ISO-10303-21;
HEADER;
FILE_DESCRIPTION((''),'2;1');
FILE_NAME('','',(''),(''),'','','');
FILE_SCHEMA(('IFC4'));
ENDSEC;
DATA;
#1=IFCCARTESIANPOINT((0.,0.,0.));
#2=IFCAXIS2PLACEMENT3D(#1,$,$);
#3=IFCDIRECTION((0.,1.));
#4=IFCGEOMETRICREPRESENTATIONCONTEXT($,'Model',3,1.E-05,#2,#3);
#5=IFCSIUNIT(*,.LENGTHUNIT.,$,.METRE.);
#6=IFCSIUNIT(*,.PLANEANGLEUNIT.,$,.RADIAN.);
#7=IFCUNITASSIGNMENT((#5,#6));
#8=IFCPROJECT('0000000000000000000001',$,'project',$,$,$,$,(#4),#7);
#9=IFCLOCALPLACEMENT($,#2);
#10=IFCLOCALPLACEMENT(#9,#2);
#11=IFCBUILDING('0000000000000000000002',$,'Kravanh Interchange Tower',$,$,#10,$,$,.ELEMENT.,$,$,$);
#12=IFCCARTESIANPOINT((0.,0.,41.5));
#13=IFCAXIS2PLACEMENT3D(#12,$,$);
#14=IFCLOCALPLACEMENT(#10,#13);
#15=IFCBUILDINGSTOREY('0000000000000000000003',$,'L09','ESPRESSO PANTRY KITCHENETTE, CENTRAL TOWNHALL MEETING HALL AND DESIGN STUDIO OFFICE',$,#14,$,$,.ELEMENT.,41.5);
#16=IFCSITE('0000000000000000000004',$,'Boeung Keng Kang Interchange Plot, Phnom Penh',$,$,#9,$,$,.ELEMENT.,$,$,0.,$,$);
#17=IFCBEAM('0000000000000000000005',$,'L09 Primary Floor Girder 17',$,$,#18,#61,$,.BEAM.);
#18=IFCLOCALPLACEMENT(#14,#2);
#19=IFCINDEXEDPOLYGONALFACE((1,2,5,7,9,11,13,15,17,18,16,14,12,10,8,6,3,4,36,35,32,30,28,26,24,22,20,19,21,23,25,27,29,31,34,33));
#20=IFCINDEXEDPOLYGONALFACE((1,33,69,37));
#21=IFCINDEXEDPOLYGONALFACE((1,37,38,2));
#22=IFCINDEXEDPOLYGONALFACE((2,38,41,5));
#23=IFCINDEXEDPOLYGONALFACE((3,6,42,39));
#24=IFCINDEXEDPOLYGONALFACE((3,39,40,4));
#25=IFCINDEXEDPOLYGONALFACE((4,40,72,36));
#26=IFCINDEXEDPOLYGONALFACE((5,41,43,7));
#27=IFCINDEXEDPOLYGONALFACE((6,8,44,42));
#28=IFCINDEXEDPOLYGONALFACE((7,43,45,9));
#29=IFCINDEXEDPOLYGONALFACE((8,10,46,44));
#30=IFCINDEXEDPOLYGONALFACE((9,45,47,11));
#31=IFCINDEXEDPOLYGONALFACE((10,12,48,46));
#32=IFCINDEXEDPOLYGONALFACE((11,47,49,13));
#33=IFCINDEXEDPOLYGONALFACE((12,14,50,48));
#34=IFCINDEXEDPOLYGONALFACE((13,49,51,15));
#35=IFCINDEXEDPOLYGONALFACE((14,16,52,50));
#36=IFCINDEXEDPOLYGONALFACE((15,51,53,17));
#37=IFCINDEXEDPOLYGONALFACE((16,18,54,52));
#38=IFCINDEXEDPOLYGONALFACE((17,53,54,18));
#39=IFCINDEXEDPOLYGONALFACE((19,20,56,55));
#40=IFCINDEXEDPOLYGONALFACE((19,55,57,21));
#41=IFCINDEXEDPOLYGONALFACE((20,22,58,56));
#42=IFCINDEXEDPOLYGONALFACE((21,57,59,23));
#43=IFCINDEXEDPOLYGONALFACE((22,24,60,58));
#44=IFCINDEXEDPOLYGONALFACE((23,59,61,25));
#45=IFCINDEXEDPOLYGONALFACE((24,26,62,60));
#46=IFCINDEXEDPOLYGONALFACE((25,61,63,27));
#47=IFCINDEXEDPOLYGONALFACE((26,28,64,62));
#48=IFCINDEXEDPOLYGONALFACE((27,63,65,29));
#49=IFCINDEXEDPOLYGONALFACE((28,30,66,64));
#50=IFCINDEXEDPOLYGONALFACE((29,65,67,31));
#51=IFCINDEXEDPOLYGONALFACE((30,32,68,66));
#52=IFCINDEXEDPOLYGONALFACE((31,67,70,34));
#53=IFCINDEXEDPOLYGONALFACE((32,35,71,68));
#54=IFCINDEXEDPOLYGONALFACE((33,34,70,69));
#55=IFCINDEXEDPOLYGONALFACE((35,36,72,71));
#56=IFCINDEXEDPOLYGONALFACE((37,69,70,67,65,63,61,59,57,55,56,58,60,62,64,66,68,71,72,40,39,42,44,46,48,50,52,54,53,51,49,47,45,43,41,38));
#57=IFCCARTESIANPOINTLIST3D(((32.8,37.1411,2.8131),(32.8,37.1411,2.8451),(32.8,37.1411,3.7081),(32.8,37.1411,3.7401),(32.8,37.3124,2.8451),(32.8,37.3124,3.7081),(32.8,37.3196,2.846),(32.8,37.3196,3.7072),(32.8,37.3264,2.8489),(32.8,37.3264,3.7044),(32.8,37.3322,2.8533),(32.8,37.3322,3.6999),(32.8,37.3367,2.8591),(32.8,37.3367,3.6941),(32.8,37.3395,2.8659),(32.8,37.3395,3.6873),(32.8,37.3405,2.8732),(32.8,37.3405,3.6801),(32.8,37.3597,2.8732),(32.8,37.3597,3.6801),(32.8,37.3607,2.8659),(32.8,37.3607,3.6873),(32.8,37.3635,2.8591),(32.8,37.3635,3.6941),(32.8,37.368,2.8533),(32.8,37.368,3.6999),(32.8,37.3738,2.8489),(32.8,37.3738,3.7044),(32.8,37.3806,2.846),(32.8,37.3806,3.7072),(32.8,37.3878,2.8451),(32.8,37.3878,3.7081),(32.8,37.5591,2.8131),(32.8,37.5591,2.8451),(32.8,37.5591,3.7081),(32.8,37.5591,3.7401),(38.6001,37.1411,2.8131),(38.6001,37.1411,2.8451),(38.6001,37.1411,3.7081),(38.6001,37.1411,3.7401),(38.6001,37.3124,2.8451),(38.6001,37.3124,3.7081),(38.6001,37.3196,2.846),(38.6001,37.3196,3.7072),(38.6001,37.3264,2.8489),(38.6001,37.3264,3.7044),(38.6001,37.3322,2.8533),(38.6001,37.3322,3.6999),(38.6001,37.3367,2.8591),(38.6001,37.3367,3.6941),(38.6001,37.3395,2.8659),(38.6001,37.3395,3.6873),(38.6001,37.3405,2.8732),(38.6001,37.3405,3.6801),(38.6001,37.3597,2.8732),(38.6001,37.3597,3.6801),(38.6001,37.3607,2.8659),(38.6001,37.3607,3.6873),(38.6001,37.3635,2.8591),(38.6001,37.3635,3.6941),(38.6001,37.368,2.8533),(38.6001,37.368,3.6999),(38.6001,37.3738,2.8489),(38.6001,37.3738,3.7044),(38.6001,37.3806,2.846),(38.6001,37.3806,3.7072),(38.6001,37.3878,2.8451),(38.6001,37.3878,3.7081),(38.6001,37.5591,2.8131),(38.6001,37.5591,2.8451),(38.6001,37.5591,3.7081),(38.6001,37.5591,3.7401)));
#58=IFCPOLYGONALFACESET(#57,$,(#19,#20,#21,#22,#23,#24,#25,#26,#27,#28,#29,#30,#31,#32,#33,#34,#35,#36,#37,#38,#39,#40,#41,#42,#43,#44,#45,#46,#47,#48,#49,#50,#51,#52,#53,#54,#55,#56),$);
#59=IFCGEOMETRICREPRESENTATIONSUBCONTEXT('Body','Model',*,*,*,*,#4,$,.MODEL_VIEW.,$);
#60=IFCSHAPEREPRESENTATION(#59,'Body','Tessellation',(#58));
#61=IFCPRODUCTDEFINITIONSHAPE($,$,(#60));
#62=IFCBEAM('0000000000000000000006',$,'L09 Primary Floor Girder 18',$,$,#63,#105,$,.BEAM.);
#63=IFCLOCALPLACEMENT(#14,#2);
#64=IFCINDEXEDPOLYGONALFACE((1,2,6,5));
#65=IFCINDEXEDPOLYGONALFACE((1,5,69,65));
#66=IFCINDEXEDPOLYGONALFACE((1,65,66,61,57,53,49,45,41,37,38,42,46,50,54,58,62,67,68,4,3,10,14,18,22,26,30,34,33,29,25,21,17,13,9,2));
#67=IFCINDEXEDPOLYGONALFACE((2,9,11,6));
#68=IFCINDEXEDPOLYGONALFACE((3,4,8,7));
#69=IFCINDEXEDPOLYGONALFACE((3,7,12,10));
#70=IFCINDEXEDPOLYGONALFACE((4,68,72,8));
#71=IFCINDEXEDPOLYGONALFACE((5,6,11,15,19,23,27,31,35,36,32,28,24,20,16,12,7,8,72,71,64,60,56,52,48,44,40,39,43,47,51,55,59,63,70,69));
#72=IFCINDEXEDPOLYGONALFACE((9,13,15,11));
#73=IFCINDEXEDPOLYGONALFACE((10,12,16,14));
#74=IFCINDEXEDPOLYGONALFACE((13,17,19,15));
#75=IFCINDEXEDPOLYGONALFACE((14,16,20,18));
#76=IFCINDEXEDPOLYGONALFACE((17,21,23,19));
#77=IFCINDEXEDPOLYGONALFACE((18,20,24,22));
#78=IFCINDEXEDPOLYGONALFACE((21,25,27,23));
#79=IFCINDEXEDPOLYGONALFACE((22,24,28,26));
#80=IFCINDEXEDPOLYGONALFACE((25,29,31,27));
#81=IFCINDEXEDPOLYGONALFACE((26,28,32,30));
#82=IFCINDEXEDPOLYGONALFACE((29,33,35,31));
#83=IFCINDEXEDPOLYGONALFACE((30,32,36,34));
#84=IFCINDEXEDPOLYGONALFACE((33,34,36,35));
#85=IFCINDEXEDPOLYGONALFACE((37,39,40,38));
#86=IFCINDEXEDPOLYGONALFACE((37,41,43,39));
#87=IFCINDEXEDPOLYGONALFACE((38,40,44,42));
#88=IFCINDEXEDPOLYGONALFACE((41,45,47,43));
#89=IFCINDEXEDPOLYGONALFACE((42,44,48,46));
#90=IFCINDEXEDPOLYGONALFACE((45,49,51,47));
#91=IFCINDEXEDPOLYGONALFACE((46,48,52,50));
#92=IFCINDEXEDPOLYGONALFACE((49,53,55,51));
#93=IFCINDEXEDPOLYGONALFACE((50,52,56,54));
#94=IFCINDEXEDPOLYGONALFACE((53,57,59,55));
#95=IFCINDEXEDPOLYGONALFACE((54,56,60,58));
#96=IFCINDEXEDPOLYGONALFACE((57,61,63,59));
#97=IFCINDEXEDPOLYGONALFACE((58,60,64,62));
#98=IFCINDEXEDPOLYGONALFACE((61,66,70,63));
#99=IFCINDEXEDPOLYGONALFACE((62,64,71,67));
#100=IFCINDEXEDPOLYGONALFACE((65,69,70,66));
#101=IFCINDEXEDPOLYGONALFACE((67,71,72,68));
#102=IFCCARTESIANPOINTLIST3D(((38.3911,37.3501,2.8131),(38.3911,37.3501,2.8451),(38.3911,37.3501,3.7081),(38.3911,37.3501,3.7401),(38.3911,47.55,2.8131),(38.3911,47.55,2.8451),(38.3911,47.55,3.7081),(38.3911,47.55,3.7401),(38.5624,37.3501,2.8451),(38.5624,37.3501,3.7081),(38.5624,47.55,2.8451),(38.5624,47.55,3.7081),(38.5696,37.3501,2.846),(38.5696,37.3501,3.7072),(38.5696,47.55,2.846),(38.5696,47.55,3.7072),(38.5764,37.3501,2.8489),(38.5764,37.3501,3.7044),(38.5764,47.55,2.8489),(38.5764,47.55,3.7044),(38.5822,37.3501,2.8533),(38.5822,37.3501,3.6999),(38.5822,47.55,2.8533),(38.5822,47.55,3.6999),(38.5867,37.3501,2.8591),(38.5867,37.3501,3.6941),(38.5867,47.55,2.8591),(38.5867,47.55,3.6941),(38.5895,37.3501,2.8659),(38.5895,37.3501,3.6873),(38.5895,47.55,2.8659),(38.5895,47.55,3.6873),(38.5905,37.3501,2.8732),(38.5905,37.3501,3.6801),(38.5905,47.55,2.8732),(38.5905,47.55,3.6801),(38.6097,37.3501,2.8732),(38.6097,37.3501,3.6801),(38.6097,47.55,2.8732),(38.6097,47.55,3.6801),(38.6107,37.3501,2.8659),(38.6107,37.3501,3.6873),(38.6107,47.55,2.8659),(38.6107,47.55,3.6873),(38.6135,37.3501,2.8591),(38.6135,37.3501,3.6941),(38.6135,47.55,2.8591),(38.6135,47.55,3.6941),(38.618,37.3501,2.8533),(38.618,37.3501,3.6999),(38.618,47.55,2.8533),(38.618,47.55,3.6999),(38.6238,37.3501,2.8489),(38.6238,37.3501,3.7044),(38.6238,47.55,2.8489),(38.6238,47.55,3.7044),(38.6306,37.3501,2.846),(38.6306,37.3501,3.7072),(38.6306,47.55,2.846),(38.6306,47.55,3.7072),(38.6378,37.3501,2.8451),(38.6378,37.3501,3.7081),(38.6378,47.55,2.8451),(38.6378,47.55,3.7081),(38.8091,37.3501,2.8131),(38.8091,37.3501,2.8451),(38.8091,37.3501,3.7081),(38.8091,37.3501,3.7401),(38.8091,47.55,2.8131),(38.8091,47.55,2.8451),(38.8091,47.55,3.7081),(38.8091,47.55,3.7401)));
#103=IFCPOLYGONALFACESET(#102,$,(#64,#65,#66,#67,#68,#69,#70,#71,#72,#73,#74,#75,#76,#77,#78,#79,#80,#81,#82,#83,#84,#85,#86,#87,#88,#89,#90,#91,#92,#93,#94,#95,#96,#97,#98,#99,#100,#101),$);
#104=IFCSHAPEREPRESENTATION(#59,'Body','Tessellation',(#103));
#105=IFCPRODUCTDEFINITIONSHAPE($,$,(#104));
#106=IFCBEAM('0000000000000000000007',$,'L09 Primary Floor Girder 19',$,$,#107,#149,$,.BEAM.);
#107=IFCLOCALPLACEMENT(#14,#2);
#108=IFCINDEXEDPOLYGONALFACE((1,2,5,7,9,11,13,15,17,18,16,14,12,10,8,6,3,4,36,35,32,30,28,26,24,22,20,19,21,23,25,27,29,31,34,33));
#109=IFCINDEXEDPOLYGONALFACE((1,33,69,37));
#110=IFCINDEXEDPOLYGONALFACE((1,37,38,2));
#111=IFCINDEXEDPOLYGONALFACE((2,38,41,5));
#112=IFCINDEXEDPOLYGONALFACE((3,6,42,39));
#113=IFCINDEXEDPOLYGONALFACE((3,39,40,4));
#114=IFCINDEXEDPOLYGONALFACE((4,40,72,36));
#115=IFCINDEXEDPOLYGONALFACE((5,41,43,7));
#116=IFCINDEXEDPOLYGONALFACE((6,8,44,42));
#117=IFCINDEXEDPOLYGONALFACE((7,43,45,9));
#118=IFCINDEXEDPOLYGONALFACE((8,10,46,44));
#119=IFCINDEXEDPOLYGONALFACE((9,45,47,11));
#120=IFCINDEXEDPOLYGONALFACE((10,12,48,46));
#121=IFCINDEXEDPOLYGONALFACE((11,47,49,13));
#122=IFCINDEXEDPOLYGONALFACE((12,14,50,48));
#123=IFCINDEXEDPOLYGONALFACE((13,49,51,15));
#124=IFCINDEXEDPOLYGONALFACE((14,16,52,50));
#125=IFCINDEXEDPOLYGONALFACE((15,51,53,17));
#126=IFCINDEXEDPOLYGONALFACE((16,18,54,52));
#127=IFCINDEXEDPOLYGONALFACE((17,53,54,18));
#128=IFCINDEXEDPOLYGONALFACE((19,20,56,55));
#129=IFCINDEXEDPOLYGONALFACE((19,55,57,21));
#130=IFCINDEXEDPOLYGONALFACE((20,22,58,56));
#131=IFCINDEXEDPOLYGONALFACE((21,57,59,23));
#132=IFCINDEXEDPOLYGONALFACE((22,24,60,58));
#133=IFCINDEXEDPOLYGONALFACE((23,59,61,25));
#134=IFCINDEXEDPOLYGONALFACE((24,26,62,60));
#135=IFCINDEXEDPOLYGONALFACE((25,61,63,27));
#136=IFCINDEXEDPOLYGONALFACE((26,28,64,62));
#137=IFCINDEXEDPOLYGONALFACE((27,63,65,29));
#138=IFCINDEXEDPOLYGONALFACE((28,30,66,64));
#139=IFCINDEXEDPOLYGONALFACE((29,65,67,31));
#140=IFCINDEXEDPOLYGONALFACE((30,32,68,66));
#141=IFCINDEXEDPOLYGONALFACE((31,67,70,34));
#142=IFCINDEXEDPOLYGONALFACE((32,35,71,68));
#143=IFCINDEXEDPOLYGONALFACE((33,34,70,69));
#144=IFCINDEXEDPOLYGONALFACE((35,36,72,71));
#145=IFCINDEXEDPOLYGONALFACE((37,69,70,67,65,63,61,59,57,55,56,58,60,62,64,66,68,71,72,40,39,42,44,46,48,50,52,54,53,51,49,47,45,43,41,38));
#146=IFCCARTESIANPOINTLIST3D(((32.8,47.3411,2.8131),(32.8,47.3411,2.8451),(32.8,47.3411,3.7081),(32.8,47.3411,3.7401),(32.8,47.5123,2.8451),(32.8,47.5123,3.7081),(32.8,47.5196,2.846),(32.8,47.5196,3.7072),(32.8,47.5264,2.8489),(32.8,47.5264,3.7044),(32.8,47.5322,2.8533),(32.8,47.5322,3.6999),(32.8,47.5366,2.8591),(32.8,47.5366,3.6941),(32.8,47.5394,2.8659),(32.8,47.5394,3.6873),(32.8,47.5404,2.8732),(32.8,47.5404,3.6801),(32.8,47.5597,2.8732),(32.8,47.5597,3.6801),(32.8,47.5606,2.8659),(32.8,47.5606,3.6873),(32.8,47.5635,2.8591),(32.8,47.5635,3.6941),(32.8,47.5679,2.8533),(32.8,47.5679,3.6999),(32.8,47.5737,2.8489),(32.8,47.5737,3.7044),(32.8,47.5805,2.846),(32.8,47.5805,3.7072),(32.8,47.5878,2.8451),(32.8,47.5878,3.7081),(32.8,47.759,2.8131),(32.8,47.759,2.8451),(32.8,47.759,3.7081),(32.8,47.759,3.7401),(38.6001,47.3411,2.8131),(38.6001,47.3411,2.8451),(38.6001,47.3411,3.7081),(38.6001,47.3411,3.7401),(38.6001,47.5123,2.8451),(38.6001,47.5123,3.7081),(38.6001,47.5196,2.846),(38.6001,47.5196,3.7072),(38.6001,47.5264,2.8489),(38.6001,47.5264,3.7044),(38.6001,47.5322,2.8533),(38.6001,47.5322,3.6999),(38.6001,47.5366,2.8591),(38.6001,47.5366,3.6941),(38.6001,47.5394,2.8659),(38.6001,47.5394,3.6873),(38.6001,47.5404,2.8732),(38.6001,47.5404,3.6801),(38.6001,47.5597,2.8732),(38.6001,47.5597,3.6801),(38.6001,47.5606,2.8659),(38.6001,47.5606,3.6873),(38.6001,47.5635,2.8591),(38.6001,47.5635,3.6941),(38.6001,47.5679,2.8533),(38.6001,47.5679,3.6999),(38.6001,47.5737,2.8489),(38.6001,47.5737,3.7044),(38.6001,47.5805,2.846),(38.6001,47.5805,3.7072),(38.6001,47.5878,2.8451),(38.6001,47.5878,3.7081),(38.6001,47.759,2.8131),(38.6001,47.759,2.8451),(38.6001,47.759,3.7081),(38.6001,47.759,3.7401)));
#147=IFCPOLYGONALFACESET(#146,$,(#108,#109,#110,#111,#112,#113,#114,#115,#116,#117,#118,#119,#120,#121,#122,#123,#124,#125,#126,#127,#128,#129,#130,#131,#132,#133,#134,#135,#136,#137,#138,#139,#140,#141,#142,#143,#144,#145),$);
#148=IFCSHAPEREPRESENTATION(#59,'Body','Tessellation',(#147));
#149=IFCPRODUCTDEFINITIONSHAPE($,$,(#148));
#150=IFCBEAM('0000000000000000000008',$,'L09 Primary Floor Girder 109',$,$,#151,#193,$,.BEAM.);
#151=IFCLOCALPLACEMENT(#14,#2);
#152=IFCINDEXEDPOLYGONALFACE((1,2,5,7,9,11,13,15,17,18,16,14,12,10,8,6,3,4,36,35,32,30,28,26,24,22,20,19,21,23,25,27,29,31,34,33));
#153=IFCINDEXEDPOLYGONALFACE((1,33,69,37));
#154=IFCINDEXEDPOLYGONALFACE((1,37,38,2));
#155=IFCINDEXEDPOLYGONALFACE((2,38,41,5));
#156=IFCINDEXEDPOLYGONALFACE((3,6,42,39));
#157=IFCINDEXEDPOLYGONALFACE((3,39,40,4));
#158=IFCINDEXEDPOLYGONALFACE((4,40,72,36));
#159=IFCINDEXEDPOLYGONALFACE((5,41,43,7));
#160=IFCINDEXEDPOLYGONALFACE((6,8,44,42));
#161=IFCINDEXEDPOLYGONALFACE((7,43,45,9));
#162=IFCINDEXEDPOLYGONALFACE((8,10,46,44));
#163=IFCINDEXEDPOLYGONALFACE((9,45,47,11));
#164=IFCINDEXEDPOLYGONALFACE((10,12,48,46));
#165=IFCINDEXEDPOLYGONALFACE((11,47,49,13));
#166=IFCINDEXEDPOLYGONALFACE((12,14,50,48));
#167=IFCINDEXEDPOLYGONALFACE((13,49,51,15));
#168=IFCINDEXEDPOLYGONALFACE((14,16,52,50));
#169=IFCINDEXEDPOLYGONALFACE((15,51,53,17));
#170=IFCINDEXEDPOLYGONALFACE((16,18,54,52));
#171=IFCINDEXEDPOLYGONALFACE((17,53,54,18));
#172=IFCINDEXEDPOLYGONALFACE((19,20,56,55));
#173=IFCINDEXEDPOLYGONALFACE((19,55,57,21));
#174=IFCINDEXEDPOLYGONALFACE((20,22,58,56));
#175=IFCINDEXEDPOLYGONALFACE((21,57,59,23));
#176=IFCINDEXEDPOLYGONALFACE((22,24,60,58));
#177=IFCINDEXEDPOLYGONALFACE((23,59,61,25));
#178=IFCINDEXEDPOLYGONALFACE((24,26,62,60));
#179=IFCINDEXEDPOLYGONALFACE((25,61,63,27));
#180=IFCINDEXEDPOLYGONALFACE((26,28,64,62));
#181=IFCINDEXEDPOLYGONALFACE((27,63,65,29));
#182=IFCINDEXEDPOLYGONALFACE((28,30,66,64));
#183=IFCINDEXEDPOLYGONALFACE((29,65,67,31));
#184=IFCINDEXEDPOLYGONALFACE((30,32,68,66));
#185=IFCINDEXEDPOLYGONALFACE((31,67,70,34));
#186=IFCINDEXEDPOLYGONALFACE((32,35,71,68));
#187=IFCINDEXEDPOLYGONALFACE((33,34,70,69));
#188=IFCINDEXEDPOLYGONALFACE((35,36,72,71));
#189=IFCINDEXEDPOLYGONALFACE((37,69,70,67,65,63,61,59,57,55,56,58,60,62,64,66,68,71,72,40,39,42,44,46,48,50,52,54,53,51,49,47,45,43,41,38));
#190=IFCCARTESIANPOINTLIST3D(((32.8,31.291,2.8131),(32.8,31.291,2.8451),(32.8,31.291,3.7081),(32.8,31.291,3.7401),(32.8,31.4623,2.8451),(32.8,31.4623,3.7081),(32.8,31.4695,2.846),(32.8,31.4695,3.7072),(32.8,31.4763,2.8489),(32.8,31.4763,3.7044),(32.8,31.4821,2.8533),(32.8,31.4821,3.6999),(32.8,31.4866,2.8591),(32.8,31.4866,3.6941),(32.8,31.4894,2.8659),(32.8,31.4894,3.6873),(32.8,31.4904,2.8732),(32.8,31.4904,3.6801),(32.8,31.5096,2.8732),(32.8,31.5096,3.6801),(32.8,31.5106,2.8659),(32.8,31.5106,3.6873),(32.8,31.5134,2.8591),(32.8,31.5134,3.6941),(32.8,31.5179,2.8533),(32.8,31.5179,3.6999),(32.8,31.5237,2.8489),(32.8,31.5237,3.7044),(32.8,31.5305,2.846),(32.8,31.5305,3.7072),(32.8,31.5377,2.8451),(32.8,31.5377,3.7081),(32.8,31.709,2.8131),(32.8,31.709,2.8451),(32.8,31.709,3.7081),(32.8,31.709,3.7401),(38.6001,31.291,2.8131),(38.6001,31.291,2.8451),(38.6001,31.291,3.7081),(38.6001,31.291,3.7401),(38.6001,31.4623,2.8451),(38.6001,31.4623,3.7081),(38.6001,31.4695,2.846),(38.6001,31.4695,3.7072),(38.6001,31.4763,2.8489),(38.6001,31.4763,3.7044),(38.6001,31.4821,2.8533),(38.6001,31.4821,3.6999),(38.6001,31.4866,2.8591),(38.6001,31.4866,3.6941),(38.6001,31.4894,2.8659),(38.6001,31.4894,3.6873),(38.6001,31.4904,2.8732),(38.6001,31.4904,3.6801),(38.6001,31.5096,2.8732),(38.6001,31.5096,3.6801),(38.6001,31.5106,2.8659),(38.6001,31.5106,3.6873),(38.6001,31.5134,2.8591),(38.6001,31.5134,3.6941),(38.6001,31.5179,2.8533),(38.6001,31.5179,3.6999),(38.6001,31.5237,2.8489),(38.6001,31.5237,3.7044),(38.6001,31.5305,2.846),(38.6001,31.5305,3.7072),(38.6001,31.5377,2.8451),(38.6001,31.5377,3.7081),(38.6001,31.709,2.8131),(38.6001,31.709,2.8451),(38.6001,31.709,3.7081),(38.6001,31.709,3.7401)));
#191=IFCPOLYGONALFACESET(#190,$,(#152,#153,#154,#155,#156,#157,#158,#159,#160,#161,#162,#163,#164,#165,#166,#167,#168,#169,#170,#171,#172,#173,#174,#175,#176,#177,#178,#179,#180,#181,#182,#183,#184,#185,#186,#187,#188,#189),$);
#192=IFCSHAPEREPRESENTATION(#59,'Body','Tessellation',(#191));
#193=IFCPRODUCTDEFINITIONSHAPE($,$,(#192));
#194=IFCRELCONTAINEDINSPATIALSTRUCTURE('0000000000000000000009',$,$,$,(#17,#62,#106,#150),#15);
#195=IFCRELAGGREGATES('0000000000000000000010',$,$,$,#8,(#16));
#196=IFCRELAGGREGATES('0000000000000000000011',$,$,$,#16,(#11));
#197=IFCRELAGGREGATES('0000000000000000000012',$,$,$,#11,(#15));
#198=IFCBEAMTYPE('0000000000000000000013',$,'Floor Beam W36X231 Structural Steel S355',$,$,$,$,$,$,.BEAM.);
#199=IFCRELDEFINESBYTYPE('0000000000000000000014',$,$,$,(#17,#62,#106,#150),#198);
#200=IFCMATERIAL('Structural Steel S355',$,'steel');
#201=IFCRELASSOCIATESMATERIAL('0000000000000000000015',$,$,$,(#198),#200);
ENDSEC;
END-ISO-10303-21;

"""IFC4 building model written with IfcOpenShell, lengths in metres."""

from ifc_helpers import new_model, si_unit, direction, frame, origin, origin_2d, place, context, subcontext, project, spatial, i_section, extrude, material, material_profile, profile_set, type_object, element, save


model = new_model("IFC4")

# Units and contexts
model_context = context("Model", 3, precision=1e-05, world=origin(), true_north=direction((0.0, 1.0)))
body_context = subcontext(model_context, "Body", "Model", "MODEL_VIEW")
ifc_project = project(units=[si_unit("LENGTHUNIT", "METRE"), si_unit("PLANEANGLEUNIT", "RADIAN")], contexts=[model_context])

# Site, building, storey
site_placement = place(None, origin())
site = spatial("IfcSite", under=ifc_project, at=site_placement, Name="Boeung Keng Kang Interchange Plot, Phnom Penh", CompositionType="ELEMENT", RefElevation=0.0)
building_placement = place(site_placement, origin())
building = spatial("IfcBuilding", under=site, at=building_placement, Name="Kravanh Interchange Tower", CompositionType="ELEMENT")
storey_placement = place(building_placement, frame((0.0, 0.0, 41.5)))
storey = spatial("IfcBuildingStorey", under=building, at=storey_placement, Name="L09", Description="ESPRESSO PANTRY KITCHENETTE, CENTRAL TOWNHALL MEETING HALL AND DESIGN STUDIO OFFICE", CompositionType="ELEMENT", Elevation=41.5)

# Beams
ifc_material_1 = material(Name="Structural Steel S355", Category="steel")
ifc_material_profile_1 = material_profile(ifc_material_1, i_section(OverallWidth=0.418, OverallDepth=0.927, WebThickness=0.0193, FlangeThickness=0.032, FilletRadius=0.0281, at=origin_2d()), Name="W36X231")
ifc_profile_set_1 = profile_set([ifc_material_profile_1], Name="Structural Steel S355")
beam_type_1 = type_object("IfcBeamType", Name="Floor Beam W36X231 Structural Steel S355", PredefinedType="BEAM", material=ifc_profile_set_1)
beam_1_placement = place(storey_placement, frame((38.6001, 37.3501, 3.2766), z_axis=(-1.0, 0.0, 0.0), x_axis=(0.0, -1.0, 0.0)))
element("IfcBeam", 1, at=beam_1_placement, inside=storey, type_object=beam_type_1, Name="L09 Primary Floor Girder 17", PredefinedType="BEAM", context=body_context, shape_type="SweptSolid", body=[
    extrude(i_section(OverallWidth=0.418, OverallDepth=0.927, WebThickness=0.0193, FlangeThickness=0.032, FilletRadius=0.0281, at=origin_2d()), origin(), (0.0, 0.0, 1.0), 5.8),
])
beam_2_placement = place(storey_placement, frame((38.6001, 37.3501, 3.2766), z_axis=(0.0, 1.0, 0.0), x_axis=(-1.0, 0.0, 0.0)))
element("IfcBeam", 2, at=beam_2_placement, inside=storey, type_object=beam_type_1, Name="L09 Primary Floor Girder 18", PredefinedType="BEAM", context=body_context, shape_type="SweptSolid", body=[
    extrude(i_section(OverallWidth=0.418, OverallDepth=0.927, WebThickness=0.0193, FlangeThickness=0.032, FilletRadius=0.0281, at=origin_2d()), origin(), (0.0, 0.0, 1.0), 10.2),
])
for number, where, z_axis, x_axis, name in (
    (3, (38.6001, 47.55, 3.2766), (-1.0, 0.0, 0.0), (0.0, -1.0, 0.0), "L09 Primary Floor Girder 19"),
    (4, (32.8, 31.5, 3.2766), (1.0, 0.0, 0.0), (0.0, 1.0, 0.0), "L09 Primary Floor Girder 109"),
):
    element("IfcBeam", number, at=place(storey_placement, frame(where, z_axis=z_axis, x_axis=x_axis)), inside=storey, type_object=beam_type_1, Name=name, PredefinedType="BEAM", context=body_context, shape_type="SweptSolid", body=[
        extrude(i_section(OverallWidth=0.418, OverallDepth=0.927, WebThickness=0.0193, FlangeThickness=0.032, FilletRadius=0.0281, at=origin_2d()), origin(), (0.0, 0.0, 1.0), 5.8),
    ])

save(model, "model.ifc")
